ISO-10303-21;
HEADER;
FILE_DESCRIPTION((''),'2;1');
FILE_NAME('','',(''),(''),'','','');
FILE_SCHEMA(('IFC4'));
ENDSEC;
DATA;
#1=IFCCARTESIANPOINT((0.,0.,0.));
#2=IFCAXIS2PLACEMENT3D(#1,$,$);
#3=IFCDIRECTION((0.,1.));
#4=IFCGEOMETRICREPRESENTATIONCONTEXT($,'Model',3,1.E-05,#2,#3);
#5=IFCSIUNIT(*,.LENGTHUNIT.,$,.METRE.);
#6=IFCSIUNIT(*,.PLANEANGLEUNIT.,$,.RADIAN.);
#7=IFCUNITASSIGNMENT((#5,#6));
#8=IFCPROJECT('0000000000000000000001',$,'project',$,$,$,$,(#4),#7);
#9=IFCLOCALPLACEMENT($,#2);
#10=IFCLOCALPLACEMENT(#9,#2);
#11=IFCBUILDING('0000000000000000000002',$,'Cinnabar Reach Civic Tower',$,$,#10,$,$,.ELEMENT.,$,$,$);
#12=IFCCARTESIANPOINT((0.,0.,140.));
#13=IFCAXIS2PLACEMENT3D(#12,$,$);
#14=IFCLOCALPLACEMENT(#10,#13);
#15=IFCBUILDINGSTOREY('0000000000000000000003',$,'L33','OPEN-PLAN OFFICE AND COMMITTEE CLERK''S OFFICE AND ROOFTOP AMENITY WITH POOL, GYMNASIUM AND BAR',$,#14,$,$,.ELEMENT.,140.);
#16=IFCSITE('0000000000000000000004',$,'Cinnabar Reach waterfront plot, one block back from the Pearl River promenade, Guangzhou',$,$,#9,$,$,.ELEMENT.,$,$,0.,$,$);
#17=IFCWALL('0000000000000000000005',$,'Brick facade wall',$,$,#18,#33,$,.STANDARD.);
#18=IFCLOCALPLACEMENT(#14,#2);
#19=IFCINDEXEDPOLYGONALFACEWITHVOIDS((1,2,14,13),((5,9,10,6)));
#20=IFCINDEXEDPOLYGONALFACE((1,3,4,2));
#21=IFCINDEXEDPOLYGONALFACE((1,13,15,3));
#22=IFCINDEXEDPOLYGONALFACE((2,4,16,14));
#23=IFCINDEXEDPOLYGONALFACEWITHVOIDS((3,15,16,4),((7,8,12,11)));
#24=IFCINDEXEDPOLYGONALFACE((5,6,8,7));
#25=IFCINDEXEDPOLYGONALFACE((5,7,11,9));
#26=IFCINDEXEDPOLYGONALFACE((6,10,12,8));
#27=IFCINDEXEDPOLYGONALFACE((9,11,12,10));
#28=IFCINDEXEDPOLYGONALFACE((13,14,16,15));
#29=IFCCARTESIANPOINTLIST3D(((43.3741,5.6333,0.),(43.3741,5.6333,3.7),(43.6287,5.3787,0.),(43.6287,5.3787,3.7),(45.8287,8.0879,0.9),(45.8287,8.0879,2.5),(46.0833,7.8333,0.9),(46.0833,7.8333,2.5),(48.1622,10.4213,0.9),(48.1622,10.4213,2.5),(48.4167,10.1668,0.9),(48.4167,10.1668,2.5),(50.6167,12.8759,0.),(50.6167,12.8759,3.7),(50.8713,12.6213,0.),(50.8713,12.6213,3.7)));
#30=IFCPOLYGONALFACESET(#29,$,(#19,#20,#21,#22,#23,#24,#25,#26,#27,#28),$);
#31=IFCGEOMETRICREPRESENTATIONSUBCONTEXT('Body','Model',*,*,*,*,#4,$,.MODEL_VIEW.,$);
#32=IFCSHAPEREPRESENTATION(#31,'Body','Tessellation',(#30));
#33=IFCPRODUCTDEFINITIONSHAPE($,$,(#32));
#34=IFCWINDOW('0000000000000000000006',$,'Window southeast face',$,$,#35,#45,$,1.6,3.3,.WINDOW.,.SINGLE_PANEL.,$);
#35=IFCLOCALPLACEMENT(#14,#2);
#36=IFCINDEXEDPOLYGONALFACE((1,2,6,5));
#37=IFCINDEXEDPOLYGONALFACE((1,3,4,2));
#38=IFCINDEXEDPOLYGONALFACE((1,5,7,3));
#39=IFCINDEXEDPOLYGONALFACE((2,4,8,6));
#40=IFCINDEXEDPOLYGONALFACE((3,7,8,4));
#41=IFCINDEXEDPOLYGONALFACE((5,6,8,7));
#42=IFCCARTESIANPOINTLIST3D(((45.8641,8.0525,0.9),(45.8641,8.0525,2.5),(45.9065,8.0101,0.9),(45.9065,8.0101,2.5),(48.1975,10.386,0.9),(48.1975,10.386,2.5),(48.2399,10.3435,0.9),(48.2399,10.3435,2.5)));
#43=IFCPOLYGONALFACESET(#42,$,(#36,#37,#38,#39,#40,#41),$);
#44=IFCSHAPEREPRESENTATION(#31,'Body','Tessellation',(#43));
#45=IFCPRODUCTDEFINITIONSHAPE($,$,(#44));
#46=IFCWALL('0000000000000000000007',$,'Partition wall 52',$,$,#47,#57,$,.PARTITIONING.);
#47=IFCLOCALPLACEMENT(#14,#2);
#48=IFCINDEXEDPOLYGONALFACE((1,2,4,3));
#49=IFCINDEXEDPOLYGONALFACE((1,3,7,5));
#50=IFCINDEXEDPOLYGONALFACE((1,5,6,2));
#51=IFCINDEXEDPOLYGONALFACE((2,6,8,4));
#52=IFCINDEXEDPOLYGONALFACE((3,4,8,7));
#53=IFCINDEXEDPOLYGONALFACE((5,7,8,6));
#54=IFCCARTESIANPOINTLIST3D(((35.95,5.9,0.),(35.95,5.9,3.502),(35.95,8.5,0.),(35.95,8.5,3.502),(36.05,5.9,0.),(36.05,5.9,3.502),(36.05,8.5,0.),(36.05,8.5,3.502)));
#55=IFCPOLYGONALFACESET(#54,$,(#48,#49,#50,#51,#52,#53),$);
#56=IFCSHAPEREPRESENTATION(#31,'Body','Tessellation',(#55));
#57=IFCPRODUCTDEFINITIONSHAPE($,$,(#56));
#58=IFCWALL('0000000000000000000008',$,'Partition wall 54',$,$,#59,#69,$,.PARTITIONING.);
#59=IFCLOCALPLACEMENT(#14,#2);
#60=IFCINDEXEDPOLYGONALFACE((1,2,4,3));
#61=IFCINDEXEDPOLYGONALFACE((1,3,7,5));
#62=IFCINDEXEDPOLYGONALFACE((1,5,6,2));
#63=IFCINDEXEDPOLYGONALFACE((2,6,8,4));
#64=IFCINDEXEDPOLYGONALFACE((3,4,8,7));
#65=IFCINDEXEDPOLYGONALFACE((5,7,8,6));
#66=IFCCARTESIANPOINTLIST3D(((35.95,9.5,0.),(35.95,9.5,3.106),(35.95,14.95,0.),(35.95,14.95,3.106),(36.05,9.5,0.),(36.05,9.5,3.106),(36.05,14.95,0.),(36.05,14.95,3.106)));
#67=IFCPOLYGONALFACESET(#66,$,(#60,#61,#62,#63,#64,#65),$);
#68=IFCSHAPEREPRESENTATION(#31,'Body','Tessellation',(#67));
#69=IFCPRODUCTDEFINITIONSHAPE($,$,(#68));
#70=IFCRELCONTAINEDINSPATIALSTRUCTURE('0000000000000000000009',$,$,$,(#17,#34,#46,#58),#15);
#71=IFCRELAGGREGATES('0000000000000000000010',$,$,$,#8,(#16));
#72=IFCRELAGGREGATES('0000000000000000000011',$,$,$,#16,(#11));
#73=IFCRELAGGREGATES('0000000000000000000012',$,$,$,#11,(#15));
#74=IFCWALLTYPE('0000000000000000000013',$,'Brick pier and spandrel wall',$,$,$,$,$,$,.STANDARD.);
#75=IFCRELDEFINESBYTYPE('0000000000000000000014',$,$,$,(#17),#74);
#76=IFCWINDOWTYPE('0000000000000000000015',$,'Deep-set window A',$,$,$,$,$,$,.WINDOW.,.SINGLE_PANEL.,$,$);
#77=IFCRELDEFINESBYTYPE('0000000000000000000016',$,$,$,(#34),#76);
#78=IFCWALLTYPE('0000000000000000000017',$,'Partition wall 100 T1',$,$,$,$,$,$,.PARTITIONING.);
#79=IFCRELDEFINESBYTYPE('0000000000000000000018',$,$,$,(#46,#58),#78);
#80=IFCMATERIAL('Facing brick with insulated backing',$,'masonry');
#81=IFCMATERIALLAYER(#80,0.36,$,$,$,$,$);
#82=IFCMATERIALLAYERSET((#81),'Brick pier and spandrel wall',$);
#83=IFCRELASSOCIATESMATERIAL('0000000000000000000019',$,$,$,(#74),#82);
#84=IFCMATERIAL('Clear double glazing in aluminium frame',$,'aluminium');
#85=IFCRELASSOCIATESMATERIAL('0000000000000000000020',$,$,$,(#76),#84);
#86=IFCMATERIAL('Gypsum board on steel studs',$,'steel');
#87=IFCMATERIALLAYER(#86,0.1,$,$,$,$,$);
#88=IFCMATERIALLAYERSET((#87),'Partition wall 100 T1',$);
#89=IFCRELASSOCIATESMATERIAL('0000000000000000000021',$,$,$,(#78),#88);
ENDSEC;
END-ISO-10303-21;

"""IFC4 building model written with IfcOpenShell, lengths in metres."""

from ifc_helpers import new_model, si_unit, direction, frame, frame_2d, origin, place, context, subcontext, project, spatial, rectangle, extrude, material, layer, layer_set, type_object, element, fill, save


model = new_model("IFC4")

# Units and contexts
model_context = context("Model", 3, precision=1e-05, world=origin(), true_north=direction((0.0, 1.0)))
body_context = subcontext(model_context, "Body", "Model", "MODEL_VIEW")
ifc_project = project(units=[si_unit("LENGTHUNIT", "METRE"), si_unit("PLANEANGLEUNIT", "RADIAN")], contexts=[model_context])

# Site, building, storey
site_placement = place(None, origin())
site = spatial("IfcSite", under=ifc_project, at=site_placement, Name="Cinnabar Reach waterfront plot, one block back from the Pearl River promenade, Guangzhou", CompositionType="ELEMENT", RefElevation=0.0)
building_placement = place(site_placement, origin())
building = spatial("IfcBuilding", under=site, at=building_placement, Name="Cinnabar Reach Civic Tower", CompositionType="ELEMENT")
storey_placement = place(building_placement, frame((0.0, 0.0, 140.0)))
storey = spatial("IfcBuildingStorey", under=building, at=storey_placement, Name="L33", Description="OPEN-PLAN OFFICE AND COMMITTEE CLERK'S OFFICE AND ROOFTOP AMENITY WITH POOL, GYMNASIUM AND BAR", CompositionType="ELEMENT", Elevation=140.0)

# Shared definitions
ifc_material_1 = material(Name="Facing brick with insulated backing", Category="masonry")

# Wall, opening, window
ifc_layer_1 = layer(ifc_material_1, 0.36)
ifc_layer_set_1 = layer_set([ifc_layer_1], Name="Brick pier and spandrel wall")
wall_type_1 = type_object("IfcWallType", Name="Brick pier and spandrel wall", PredefinedType="STANDARD", material=ifc_layer_set_1)
wall_1_placement = place(storey_placement, frame((43.5014, 5.506, 0.0), z_axis=(0.0, 0.0, 1.0), x_axis=(0.707107, 0.707107, 0.0)))
wall_1 = element("IfcWall", 1, at=wall_1_placement, inside=storey, type_object=wall_type_1, Name="Brick facade wall", PredefinedType="STANDARD", context=body_context, shape_type="SweptSolid", body=[
    extrude(rectangle(XDim=10.2426, YDim=0.36, at=frame_2d((5.1213, 0.0))), origin(), (0.0, 0.0, 1.0), 3.7),
])
opening_placement = place(wall_1_placement, frame((3.4713, 0.0, 0.9)))
opening = element("IfcOpeningElement", 2, at=opening_placement, cuts=wall_1, PredefinedType="OPENING", context=body_context, shape_type="SweptSolid", body=[
    extrude(rectangle(XDim=3.3, YDim=1.6, at=frame_2d((1.65, 0.8))), frame((0.0, 0.19, 0.0), z_axis=(0.0, -1.0, 0.0), x_axis=(1.0, 0.0, 0.0)), (0.0, 0.0, 1.0), 0.38),
])
ifc_material_2 = material(Name="Clear double glazing in aluminium frame", Category="aluminium")
window_type = type_object("IfcWindowType", Name="Deep-set window A", PartitioningType="SINGLE_PANEL", PredefinedType="WINDOW", material=ifc_material_2)
window_placement = place(opening_placement, origin())
window = element("IfcWindow", 3, at=window_placement, inside=storey, type_object=window_type, Name="Window southeast face", OverallHeight=1.6, OverallWidth=3.3, PartitioningType="SINGLE_PANEL", PredefinedType="WINDOW", context=body_context, shape_type="SweptSolid", body=[
    extrude(rectangle(XDim=3.3, YDim=1.6, at=frame_2d((1.65, 0.8))), frame((0.0, 0.13, 0.0), z_axis=(0.0, -1.0, 0.0), x_axis=(1.0, 0.0, 0.0)), (0.0, 0.0, 1.0), 0.06),
])
fill(opening, window)

# Walls
ifc_material_3 = material(Name="Gypsum board on steel studs", Category="steel")
ifc_layer_2 = layer(ifc_material_3, 0.1)
ifc_layer_set_2 = layer_set([ifc_layer_2], Name="Partition wall 100 T1")
wall_type_2 = type_object("IfcWallType", Name="Partition wall 100 T1", PredefinedType="PARTITIONING", material=ifc_layer_set_2)
wall_2_placement = place(storey_placement, frame((36.0, 5.9, 0.0), z_axis=(0.0, 0.0, 1.0), x_axis=(0.0, 1.0, 0.0)))
element("IfcWall", 4, at=wall_2_placement, inside=storey, type_object=wall_type_2, Name="Partition wall 52", PredefinedType="PARTITIONING", context=body_context, shape_type="SweptSolid", body=[
    extrude(rectangle(XDim=2.6, YDim=0.1, at=frame_2d((1.3, 0.0))), origin(), (0.0, 0.0, 1.0), 3.502),
])
wall_3_placement = place(storey_placement, frame((36.0, 9.5, 0.0), z_axis=(0.0, 0.0, 1.0), x_axis=(0.0, 1.0, 0.0)))
element("IfcWall", 5, at=wall_3_placement, inside=storey, type_object=wall_type_2, Name="Partition wall 54", PredefinedType="PARTITIONING", context=body_context, shape_type="SweptSolid", body=[
    extrude(rectangle(XDim=5.45, YDim=0.1, at=frame_2d((2.725, 0.0))), origin(), (0.0, 0.0, 1.0), 3.106),
])

save(model, "model.ifc")
